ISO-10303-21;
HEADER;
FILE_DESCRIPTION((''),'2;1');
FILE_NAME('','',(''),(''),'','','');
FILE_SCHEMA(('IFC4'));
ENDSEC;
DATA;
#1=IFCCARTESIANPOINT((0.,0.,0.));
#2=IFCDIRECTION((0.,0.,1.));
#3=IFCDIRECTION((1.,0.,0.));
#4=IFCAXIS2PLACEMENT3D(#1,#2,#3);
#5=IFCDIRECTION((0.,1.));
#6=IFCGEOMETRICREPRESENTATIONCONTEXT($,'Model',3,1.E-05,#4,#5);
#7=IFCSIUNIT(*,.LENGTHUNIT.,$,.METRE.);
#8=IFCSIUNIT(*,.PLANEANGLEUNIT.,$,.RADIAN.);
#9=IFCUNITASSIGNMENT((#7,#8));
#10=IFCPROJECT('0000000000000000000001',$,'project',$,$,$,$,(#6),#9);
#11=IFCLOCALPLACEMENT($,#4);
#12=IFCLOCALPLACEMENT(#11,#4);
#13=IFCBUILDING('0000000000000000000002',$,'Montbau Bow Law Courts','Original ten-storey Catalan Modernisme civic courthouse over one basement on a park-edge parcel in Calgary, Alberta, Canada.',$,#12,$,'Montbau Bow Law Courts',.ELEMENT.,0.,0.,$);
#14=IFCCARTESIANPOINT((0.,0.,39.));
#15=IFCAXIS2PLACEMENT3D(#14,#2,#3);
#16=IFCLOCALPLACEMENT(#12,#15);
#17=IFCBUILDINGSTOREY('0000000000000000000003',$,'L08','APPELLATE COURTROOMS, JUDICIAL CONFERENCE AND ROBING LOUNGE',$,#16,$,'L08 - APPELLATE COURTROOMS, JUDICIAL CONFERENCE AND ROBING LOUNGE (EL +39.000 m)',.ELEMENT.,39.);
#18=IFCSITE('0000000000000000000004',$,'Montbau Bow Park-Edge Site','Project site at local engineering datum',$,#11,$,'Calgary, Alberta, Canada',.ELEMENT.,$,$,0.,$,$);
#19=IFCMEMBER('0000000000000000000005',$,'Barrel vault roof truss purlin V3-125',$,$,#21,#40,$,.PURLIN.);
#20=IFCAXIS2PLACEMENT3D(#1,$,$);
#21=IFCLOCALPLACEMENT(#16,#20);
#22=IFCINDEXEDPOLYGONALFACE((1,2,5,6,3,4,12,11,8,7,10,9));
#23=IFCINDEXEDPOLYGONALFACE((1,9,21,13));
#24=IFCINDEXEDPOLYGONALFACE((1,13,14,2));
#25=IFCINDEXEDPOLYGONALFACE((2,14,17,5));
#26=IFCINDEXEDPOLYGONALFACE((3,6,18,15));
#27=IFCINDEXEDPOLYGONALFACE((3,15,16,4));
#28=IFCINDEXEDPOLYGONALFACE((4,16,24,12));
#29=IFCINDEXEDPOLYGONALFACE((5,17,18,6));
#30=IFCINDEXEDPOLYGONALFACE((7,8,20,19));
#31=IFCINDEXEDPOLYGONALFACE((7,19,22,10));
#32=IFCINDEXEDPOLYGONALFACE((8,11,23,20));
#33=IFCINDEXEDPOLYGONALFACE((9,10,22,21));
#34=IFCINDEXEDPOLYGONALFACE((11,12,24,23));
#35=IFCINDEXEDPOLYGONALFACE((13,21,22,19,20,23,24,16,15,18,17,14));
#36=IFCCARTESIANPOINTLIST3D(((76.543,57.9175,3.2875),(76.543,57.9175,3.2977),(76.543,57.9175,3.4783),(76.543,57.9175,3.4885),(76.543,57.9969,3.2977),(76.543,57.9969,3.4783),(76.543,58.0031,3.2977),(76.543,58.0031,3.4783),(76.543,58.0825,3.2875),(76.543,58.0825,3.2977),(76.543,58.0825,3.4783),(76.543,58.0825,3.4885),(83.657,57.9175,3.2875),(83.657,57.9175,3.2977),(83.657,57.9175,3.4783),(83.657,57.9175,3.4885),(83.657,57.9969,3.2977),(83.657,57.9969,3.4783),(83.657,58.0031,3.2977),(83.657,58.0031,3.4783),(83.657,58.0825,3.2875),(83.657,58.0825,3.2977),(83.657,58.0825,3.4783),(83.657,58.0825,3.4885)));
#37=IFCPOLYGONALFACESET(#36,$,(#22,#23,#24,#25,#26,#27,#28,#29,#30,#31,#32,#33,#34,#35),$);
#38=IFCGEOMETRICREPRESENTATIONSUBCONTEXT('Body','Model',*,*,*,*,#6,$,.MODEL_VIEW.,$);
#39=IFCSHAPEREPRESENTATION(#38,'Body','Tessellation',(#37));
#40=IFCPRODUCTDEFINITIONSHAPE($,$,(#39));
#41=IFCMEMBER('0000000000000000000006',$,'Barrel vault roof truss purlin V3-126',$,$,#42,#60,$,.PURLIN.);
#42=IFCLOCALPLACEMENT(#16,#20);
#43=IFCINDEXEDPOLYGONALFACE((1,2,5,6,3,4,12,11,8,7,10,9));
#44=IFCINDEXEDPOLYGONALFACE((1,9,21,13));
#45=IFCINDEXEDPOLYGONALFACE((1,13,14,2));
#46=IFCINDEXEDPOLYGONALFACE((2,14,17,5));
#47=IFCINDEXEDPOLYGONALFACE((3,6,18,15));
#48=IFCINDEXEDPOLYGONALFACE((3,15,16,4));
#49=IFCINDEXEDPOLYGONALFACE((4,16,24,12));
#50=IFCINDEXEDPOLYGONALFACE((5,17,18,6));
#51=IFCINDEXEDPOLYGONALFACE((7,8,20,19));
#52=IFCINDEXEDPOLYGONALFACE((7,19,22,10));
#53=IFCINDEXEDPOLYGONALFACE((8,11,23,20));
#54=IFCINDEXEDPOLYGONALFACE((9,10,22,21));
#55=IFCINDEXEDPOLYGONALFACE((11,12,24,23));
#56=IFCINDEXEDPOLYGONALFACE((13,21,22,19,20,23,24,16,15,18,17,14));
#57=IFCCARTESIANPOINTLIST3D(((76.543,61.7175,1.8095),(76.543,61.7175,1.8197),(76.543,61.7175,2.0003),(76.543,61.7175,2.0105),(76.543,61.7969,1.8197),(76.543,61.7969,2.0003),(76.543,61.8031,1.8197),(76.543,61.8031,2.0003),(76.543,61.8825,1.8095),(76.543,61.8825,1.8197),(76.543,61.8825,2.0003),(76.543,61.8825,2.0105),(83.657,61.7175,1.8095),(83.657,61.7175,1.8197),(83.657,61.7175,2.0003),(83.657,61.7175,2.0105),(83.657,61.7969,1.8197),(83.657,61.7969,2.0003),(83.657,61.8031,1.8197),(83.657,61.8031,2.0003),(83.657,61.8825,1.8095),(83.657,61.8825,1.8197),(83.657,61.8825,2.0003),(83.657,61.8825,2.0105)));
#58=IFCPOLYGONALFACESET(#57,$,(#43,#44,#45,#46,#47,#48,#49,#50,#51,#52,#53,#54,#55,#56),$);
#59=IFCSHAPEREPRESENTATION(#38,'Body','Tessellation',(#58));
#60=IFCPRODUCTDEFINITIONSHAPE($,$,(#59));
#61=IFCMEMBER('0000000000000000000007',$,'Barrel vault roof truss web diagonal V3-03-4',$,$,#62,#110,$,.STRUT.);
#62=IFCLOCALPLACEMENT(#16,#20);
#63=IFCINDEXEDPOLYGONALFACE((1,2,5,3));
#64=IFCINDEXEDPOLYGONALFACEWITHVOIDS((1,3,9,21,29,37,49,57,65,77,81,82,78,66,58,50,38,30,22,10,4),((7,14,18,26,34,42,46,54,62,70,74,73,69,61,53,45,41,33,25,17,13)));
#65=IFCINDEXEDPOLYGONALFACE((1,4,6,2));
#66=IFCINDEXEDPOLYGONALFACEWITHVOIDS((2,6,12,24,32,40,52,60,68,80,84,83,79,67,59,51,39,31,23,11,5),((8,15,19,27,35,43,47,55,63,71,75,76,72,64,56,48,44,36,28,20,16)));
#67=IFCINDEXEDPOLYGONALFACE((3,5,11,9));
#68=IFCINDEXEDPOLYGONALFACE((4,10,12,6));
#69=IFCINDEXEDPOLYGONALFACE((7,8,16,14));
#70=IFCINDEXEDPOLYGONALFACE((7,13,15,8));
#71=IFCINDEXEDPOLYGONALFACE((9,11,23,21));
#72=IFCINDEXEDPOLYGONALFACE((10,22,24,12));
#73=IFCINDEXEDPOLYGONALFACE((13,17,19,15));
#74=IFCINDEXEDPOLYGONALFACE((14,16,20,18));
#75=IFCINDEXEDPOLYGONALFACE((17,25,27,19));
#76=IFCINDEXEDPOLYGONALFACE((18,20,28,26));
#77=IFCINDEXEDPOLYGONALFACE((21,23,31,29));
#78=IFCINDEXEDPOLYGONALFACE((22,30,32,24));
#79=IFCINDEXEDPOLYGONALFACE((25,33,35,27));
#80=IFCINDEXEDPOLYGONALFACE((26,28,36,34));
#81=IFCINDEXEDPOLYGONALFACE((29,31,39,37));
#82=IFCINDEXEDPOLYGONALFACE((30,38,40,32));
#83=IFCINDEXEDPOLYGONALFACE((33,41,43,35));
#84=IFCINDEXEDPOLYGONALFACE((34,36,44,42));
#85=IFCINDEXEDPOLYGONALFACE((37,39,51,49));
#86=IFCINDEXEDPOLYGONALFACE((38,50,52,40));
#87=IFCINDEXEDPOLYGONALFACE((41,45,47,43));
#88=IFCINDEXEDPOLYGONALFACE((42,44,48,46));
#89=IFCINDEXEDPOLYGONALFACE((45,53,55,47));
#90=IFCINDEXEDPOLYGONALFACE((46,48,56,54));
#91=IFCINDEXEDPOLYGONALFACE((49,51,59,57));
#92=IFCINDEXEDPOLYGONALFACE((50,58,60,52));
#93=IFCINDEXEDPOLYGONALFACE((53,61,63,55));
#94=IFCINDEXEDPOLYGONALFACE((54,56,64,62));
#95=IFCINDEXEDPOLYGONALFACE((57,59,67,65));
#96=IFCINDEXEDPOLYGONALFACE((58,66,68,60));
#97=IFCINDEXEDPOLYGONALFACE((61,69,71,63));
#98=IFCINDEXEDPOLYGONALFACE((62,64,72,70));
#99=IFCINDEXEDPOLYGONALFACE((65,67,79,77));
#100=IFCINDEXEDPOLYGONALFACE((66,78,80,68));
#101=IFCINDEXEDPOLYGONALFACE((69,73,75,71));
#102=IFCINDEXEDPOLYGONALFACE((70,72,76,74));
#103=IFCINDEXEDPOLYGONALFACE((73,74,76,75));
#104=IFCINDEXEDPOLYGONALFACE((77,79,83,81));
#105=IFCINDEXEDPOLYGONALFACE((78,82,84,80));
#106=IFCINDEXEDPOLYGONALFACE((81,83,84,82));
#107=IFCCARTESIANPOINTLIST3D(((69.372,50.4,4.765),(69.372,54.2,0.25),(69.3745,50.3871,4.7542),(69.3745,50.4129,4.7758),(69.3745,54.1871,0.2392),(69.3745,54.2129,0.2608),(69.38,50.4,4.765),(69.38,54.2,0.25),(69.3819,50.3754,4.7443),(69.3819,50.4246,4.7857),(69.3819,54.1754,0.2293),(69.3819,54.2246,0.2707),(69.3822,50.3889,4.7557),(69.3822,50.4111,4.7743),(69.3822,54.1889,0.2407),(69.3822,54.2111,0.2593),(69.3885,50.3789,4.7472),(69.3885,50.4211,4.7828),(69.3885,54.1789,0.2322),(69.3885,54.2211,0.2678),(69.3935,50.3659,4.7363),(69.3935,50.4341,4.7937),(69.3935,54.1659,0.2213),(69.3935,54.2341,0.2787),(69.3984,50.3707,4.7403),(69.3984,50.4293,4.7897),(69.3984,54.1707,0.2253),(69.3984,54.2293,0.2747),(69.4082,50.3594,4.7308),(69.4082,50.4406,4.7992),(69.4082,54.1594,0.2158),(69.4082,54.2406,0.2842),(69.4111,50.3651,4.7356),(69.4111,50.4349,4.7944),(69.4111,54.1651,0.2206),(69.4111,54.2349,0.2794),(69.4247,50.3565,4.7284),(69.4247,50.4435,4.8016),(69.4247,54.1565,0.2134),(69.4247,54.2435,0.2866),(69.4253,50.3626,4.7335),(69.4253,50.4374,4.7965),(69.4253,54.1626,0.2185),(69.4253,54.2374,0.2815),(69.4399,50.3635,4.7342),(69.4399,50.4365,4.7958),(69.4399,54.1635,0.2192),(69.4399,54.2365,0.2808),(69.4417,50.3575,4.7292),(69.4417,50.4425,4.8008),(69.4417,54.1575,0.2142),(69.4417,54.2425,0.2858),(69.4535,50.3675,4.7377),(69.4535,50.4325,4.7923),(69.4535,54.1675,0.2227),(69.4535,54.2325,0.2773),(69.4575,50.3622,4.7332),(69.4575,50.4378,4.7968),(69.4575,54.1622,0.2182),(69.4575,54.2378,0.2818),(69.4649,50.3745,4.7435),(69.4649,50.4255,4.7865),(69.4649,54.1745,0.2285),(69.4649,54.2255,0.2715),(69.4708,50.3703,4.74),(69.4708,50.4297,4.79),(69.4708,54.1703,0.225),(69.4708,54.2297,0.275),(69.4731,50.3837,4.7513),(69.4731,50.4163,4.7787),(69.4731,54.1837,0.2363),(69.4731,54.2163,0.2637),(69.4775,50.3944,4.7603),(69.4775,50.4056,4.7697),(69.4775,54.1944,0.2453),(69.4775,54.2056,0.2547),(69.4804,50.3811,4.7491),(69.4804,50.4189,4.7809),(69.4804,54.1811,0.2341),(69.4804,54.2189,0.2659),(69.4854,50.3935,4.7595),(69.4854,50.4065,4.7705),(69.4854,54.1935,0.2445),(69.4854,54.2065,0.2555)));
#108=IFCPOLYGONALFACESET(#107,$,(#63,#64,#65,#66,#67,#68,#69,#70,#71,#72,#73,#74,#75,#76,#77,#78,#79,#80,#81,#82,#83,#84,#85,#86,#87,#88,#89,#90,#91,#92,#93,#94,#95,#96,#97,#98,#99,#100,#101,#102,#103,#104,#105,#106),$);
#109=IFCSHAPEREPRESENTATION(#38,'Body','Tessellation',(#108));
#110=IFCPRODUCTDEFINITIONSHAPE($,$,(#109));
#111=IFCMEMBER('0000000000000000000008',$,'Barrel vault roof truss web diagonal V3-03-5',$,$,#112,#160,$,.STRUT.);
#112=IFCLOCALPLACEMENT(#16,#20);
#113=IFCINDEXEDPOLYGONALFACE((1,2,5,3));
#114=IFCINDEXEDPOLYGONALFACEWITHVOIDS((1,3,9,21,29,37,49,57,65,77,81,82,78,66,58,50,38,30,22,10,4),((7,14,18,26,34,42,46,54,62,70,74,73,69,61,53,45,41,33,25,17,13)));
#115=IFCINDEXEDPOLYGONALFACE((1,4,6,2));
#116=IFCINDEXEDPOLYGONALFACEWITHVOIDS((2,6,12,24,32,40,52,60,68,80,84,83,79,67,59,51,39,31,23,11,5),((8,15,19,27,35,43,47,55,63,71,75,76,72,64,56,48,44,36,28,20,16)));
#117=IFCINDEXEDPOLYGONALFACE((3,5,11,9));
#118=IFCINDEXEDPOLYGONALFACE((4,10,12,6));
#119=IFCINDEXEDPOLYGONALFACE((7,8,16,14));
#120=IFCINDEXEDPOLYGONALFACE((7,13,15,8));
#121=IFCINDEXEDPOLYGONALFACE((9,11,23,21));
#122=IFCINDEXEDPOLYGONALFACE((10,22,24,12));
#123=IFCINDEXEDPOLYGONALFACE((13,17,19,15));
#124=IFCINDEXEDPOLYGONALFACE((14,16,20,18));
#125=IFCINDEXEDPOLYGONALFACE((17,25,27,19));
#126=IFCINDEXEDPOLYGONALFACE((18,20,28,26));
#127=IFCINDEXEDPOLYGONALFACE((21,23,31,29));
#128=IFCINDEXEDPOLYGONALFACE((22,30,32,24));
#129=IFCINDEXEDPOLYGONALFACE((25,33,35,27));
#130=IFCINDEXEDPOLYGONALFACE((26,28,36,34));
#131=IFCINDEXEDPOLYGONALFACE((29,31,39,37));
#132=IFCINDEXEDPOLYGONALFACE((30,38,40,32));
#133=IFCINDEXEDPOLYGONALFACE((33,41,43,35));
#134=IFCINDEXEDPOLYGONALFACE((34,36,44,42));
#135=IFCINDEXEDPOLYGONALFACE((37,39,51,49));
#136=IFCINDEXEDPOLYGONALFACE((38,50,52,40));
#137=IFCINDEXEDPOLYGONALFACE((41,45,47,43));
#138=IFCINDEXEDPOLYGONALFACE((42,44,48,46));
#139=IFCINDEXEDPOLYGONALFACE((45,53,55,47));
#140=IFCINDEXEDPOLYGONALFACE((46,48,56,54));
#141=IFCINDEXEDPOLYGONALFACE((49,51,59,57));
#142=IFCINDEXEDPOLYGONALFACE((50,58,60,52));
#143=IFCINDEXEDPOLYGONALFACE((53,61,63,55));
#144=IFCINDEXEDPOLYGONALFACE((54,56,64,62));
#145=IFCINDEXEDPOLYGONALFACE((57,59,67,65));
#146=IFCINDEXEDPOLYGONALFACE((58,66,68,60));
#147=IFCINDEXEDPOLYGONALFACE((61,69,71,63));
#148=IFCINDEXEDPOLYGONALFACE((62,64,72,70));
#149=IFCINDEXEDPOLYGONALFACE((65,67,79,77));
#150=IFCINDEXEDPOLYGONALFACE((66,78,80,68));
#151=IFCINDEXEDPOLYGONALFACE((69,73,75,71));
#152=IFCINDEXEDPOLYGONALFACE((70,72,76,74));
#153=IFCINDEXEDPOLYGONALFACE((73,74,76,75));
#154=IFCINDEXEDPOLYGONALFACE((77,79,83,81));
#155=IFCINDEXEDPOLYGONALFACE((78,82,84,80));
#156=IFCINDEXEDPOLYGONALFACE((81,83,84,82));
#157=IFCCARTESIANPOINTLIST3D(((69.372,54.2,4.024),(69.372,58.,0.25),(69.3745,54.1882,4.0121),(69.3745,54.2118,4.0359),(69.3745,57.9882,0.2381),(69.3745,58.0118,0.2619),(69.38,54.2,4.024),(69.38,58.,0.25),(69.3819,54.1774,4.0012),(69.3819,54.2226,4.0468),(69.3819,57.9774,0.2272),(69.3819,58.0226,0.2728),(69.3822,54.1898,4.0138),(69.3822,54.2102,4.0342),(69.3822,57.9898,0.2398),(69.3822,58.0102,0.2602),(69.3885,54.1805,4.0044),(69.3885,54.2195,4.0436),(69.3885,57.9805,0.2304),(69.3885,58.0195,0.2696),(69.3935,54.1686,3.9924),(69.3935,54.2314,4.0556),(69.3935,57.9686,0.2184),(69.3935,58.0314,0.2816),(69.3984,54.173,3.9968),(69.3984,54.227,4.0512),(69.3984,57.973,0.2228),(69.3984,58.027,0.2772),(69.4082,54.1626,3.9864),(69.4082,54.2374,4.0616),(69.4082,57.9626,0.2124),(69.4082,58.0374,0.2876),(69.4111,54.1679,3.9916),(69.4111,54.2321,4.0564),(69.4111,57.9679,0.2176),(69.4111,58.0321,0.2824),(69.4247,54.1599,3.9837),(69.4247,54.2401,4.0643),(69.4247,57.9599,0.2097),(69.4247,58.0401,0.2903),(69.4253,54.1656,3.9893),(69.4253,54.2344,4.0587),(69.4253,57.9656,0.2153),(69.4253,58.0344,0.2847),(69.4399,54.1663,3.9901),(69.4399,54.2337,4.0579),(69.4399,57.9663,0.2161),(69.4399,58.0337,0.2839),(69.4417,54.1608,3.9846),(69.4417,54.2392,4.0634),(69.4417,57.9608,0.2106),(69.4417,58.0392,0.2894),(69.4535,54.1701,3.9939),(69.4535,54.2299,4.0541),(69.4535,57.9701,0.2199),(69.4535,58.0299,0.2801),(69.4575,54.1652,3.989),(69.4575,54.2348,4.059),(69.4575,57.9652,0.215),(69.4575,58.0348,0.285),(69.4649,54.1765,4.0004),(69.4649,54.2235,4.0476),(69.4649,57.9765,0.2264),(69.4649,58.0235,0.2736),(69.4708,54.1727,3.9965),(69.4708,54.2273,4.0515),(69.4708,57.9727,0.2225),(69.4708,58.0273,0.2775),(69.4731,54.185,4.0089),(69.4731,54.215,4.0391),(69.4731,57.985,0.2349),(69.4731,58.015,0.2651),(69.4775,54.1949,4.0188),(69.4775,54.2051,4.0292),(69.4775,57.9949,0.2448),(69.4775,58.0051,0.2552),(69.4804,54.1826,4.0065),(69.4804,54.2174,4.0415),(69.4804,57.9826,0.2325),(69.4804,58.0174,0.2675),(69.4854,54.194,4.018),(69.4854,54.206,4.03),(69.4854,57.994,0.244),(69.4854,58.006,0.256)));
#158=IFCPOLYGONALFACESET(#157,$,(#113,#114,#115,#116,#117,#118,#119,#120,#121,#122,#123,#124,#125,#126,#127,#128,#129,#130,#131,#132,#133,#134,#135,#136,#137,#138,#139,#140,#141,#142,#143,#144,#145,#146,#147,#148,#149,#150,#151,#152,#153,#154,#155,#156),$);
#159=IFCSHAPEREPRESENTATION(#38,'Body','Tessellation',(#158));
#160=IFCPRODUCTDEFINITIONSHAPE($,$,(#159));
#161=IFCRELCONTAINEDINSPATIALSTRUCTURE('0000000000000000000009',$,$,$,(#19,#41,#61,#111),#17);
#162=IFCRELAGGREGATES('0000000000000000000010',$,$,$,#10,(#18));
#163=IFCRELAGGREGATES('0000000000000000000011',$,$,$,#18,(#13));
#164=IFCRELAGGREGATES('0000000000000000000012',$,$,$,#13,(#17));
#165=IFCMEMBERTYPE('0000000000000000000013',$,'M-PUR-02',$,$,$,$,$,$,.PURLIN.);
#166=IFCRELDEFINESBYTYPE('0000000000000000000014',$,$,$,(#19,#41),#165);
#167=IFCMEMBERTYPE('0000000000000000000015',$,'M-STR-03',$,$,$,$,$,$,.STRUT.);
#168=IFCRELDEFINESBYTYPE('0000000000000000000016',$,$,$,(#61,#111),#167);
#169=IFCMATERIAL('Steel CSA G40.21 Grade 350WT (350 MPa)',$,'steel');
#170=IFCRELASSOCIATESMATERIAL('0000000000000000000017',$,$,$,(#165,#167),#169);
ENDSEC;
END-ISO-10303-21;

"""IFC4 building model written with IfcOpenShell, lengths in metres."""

from ifc_helpers import new_model, si_unit, direction, frame, origin_with_axes, origin_2d_with_axis, place, context, subcontext, project, spatial, hollow_circle, i_section, extrude, material, material_profile, profile_set, type_object, element, save


model = new_model("IFC4")

# Units and contexts
model_context = context("Model", 3, precision=1e-05, world=origin_with_axes(), true_north=direction((0.0, 1.0)))
body_context = subcontext(model_context, "Body", "Model", "MODEL_VIEW")
ifc_project = project(units=[si_unit("LENGTHUNIT", "METRE"), si_unit("PLANEANGLEUNIT", "RADIAN")], contexts=[model_context])

# Site, building, storey
site_placement = place(None, origin_with_axes())
site = spatial("IfcSite", under=ifc_project, at=site_placement, Name="Montbau Bow Park-Edge Site", Description="Project site at local engineering datum", LongName="Calgary, Alberta, Canada", CompositionType="ELEMENT", RefElevation=0.0)
building_placement = place(site_placement, origin_with_axes())
building = spatial("IfcBuilding", under=site, at=building_placement, Name="Montbau Bow Law Courts", Description="Original ten-storey Catalan Modernisme civic courthouse over one basement on a park-edge parcel in Calgary, Alberta, Canada.", LongName="Montbau Bow Law Courts", CompositionType="ELEMENT", ElevationOfRefHeight=0.0, ElevationOfTerrain=0.0)
storey_placement = place(building_placement, frame((0.0, 0.0, 39.0), z_axis=(0.0, 0.0, 1.0), x_axis=(1.0, 0.0, 0.0)))
storey = spatial("IfcBuildingStorey", under=building, at=storey_placement, Name="L08", Description="APPELLATE COURTROOMS, JUDICIAL CONFERENCE AND ROBING LOUNGE", LongName="L08 - APPELLATE COURTROOMS, JUDICIAL CONFERENCE AND ROBING LOUNGE (EL +39.000 m)", CompositionType="ELEMENT", Elevation=39.0)

# Shared definitions
ifc_material_1 = material(Name="Steel CSA G40.21 Grade 350WT (350 MPa)", Category="steel")

# Members
ifc_material_profile_1 = material_profile(ifc_material_1, i_section(OverallWidth=0.165, OverallDepth=0.201, WebThickness=0.0062, FlangeThickness=0.0102, at=origin_2d_with_axis()), Name="W200X36", Category="Main", Priority=0)
ifc_profile_set_1 = profile_set([ifc_material_profile_1], Name="Steel CSA G40.21 Grade 350WT (350 MPa)")
member_type_1 = type_object("IfcMemberType", Name="M-PUR-02", PredefinedType="PURLIN", material=ifc_profile_set_1)
for number, where, z_axis, x_axis, name in (
    (1, (76.543, 58.0, 42.388), (1.0, 0.0, 0.0), (0.0, 1.0, 0.0), "Barrel vault roof truss purlin V3-125"),
    (2, (76.543, 61.8, 40.91), (1.0, 0.0, 0.0), (0.0, 1.0, 0.0), "Barrel vault roof truss purlin V3-126"),
):
    element("IfcMember", number, at=place(None, frame(where, z_axis=z_axis, x_axis=x_axis)), inside=storey, type_object=member_type_1, Name=name, PredefinedType="PURLIN", context=body_context, shape_type="SweptSolid", body=[
        extrude(i_section(OverallWidth=0.165, OverallDepth=0.201, WebThickness=0.0062, FlangeThickness=0.0102, at=origin_2d_with_axis()), origin_with_axes(), (0.0, 0.0, 1.0), 7.114),
    ])
ifc_material_profile_2 = material_profile(ifc_material_1, hollow_circle(Radius=0.057, WallThickness=0.008, at=origin_2d_with_axis()), Name="HSS114X8.0", Category="Main", Priority=0)
ifc_profile_set_2 = profile_set([ifc_material_profile_2], Name="Steel CSA G40.21 Grade 350WT (350 MPa)")
member_type_2 = type_object("IfcMemberType", Name="M-STR-03", PredefinedType="STRUT", material=ifc_profile_set_2)
member_1_placement = place(None, frame((69.429, 50.4, 43.765), z_axis=(0.0, 0.643927, -0.765087), x_axis=(-1.0, 0.0, 0.0)))
element("IfcMember", 3, at=member_1_placement, inside=storey, type_object=member_type_2, Name="Barrel vault roof truss web diagonal V3-03-4", PredefinedType="STRUT", context=body_context, shape_type="SweptSolid", body=[
    extrude(hollow_circle(Radius=0.057, WallThickness=0.008, at=origin_2d_with_axis()), origin_with_axes(), (0.0, 0.0, 1.0), 5.9013),
])
member_2_placement = place(None, frame((69.429, 54.2, 43.024), z_axis=(0.0, 0.70953, -0.704675), x_axis=(-1.0, 0.0, 0.0)))
element("IfcMember", 4, at=member_2_placement, inside=storey, type_object=member_type_2, Name="Barrel vault roof truss web diagonal V3-03-5", PredefinedType="STRUT", context=body_context, shape_type="SweptSolid", body=[
    extrude(hollow_circle(Radius=0.057, WallThickness=0.008, at=origin_2d_with_axis()), origin_with_axes(), (0.0, 0.0, 1.0), 5.3557),
])

save(model, "model.ifc")
